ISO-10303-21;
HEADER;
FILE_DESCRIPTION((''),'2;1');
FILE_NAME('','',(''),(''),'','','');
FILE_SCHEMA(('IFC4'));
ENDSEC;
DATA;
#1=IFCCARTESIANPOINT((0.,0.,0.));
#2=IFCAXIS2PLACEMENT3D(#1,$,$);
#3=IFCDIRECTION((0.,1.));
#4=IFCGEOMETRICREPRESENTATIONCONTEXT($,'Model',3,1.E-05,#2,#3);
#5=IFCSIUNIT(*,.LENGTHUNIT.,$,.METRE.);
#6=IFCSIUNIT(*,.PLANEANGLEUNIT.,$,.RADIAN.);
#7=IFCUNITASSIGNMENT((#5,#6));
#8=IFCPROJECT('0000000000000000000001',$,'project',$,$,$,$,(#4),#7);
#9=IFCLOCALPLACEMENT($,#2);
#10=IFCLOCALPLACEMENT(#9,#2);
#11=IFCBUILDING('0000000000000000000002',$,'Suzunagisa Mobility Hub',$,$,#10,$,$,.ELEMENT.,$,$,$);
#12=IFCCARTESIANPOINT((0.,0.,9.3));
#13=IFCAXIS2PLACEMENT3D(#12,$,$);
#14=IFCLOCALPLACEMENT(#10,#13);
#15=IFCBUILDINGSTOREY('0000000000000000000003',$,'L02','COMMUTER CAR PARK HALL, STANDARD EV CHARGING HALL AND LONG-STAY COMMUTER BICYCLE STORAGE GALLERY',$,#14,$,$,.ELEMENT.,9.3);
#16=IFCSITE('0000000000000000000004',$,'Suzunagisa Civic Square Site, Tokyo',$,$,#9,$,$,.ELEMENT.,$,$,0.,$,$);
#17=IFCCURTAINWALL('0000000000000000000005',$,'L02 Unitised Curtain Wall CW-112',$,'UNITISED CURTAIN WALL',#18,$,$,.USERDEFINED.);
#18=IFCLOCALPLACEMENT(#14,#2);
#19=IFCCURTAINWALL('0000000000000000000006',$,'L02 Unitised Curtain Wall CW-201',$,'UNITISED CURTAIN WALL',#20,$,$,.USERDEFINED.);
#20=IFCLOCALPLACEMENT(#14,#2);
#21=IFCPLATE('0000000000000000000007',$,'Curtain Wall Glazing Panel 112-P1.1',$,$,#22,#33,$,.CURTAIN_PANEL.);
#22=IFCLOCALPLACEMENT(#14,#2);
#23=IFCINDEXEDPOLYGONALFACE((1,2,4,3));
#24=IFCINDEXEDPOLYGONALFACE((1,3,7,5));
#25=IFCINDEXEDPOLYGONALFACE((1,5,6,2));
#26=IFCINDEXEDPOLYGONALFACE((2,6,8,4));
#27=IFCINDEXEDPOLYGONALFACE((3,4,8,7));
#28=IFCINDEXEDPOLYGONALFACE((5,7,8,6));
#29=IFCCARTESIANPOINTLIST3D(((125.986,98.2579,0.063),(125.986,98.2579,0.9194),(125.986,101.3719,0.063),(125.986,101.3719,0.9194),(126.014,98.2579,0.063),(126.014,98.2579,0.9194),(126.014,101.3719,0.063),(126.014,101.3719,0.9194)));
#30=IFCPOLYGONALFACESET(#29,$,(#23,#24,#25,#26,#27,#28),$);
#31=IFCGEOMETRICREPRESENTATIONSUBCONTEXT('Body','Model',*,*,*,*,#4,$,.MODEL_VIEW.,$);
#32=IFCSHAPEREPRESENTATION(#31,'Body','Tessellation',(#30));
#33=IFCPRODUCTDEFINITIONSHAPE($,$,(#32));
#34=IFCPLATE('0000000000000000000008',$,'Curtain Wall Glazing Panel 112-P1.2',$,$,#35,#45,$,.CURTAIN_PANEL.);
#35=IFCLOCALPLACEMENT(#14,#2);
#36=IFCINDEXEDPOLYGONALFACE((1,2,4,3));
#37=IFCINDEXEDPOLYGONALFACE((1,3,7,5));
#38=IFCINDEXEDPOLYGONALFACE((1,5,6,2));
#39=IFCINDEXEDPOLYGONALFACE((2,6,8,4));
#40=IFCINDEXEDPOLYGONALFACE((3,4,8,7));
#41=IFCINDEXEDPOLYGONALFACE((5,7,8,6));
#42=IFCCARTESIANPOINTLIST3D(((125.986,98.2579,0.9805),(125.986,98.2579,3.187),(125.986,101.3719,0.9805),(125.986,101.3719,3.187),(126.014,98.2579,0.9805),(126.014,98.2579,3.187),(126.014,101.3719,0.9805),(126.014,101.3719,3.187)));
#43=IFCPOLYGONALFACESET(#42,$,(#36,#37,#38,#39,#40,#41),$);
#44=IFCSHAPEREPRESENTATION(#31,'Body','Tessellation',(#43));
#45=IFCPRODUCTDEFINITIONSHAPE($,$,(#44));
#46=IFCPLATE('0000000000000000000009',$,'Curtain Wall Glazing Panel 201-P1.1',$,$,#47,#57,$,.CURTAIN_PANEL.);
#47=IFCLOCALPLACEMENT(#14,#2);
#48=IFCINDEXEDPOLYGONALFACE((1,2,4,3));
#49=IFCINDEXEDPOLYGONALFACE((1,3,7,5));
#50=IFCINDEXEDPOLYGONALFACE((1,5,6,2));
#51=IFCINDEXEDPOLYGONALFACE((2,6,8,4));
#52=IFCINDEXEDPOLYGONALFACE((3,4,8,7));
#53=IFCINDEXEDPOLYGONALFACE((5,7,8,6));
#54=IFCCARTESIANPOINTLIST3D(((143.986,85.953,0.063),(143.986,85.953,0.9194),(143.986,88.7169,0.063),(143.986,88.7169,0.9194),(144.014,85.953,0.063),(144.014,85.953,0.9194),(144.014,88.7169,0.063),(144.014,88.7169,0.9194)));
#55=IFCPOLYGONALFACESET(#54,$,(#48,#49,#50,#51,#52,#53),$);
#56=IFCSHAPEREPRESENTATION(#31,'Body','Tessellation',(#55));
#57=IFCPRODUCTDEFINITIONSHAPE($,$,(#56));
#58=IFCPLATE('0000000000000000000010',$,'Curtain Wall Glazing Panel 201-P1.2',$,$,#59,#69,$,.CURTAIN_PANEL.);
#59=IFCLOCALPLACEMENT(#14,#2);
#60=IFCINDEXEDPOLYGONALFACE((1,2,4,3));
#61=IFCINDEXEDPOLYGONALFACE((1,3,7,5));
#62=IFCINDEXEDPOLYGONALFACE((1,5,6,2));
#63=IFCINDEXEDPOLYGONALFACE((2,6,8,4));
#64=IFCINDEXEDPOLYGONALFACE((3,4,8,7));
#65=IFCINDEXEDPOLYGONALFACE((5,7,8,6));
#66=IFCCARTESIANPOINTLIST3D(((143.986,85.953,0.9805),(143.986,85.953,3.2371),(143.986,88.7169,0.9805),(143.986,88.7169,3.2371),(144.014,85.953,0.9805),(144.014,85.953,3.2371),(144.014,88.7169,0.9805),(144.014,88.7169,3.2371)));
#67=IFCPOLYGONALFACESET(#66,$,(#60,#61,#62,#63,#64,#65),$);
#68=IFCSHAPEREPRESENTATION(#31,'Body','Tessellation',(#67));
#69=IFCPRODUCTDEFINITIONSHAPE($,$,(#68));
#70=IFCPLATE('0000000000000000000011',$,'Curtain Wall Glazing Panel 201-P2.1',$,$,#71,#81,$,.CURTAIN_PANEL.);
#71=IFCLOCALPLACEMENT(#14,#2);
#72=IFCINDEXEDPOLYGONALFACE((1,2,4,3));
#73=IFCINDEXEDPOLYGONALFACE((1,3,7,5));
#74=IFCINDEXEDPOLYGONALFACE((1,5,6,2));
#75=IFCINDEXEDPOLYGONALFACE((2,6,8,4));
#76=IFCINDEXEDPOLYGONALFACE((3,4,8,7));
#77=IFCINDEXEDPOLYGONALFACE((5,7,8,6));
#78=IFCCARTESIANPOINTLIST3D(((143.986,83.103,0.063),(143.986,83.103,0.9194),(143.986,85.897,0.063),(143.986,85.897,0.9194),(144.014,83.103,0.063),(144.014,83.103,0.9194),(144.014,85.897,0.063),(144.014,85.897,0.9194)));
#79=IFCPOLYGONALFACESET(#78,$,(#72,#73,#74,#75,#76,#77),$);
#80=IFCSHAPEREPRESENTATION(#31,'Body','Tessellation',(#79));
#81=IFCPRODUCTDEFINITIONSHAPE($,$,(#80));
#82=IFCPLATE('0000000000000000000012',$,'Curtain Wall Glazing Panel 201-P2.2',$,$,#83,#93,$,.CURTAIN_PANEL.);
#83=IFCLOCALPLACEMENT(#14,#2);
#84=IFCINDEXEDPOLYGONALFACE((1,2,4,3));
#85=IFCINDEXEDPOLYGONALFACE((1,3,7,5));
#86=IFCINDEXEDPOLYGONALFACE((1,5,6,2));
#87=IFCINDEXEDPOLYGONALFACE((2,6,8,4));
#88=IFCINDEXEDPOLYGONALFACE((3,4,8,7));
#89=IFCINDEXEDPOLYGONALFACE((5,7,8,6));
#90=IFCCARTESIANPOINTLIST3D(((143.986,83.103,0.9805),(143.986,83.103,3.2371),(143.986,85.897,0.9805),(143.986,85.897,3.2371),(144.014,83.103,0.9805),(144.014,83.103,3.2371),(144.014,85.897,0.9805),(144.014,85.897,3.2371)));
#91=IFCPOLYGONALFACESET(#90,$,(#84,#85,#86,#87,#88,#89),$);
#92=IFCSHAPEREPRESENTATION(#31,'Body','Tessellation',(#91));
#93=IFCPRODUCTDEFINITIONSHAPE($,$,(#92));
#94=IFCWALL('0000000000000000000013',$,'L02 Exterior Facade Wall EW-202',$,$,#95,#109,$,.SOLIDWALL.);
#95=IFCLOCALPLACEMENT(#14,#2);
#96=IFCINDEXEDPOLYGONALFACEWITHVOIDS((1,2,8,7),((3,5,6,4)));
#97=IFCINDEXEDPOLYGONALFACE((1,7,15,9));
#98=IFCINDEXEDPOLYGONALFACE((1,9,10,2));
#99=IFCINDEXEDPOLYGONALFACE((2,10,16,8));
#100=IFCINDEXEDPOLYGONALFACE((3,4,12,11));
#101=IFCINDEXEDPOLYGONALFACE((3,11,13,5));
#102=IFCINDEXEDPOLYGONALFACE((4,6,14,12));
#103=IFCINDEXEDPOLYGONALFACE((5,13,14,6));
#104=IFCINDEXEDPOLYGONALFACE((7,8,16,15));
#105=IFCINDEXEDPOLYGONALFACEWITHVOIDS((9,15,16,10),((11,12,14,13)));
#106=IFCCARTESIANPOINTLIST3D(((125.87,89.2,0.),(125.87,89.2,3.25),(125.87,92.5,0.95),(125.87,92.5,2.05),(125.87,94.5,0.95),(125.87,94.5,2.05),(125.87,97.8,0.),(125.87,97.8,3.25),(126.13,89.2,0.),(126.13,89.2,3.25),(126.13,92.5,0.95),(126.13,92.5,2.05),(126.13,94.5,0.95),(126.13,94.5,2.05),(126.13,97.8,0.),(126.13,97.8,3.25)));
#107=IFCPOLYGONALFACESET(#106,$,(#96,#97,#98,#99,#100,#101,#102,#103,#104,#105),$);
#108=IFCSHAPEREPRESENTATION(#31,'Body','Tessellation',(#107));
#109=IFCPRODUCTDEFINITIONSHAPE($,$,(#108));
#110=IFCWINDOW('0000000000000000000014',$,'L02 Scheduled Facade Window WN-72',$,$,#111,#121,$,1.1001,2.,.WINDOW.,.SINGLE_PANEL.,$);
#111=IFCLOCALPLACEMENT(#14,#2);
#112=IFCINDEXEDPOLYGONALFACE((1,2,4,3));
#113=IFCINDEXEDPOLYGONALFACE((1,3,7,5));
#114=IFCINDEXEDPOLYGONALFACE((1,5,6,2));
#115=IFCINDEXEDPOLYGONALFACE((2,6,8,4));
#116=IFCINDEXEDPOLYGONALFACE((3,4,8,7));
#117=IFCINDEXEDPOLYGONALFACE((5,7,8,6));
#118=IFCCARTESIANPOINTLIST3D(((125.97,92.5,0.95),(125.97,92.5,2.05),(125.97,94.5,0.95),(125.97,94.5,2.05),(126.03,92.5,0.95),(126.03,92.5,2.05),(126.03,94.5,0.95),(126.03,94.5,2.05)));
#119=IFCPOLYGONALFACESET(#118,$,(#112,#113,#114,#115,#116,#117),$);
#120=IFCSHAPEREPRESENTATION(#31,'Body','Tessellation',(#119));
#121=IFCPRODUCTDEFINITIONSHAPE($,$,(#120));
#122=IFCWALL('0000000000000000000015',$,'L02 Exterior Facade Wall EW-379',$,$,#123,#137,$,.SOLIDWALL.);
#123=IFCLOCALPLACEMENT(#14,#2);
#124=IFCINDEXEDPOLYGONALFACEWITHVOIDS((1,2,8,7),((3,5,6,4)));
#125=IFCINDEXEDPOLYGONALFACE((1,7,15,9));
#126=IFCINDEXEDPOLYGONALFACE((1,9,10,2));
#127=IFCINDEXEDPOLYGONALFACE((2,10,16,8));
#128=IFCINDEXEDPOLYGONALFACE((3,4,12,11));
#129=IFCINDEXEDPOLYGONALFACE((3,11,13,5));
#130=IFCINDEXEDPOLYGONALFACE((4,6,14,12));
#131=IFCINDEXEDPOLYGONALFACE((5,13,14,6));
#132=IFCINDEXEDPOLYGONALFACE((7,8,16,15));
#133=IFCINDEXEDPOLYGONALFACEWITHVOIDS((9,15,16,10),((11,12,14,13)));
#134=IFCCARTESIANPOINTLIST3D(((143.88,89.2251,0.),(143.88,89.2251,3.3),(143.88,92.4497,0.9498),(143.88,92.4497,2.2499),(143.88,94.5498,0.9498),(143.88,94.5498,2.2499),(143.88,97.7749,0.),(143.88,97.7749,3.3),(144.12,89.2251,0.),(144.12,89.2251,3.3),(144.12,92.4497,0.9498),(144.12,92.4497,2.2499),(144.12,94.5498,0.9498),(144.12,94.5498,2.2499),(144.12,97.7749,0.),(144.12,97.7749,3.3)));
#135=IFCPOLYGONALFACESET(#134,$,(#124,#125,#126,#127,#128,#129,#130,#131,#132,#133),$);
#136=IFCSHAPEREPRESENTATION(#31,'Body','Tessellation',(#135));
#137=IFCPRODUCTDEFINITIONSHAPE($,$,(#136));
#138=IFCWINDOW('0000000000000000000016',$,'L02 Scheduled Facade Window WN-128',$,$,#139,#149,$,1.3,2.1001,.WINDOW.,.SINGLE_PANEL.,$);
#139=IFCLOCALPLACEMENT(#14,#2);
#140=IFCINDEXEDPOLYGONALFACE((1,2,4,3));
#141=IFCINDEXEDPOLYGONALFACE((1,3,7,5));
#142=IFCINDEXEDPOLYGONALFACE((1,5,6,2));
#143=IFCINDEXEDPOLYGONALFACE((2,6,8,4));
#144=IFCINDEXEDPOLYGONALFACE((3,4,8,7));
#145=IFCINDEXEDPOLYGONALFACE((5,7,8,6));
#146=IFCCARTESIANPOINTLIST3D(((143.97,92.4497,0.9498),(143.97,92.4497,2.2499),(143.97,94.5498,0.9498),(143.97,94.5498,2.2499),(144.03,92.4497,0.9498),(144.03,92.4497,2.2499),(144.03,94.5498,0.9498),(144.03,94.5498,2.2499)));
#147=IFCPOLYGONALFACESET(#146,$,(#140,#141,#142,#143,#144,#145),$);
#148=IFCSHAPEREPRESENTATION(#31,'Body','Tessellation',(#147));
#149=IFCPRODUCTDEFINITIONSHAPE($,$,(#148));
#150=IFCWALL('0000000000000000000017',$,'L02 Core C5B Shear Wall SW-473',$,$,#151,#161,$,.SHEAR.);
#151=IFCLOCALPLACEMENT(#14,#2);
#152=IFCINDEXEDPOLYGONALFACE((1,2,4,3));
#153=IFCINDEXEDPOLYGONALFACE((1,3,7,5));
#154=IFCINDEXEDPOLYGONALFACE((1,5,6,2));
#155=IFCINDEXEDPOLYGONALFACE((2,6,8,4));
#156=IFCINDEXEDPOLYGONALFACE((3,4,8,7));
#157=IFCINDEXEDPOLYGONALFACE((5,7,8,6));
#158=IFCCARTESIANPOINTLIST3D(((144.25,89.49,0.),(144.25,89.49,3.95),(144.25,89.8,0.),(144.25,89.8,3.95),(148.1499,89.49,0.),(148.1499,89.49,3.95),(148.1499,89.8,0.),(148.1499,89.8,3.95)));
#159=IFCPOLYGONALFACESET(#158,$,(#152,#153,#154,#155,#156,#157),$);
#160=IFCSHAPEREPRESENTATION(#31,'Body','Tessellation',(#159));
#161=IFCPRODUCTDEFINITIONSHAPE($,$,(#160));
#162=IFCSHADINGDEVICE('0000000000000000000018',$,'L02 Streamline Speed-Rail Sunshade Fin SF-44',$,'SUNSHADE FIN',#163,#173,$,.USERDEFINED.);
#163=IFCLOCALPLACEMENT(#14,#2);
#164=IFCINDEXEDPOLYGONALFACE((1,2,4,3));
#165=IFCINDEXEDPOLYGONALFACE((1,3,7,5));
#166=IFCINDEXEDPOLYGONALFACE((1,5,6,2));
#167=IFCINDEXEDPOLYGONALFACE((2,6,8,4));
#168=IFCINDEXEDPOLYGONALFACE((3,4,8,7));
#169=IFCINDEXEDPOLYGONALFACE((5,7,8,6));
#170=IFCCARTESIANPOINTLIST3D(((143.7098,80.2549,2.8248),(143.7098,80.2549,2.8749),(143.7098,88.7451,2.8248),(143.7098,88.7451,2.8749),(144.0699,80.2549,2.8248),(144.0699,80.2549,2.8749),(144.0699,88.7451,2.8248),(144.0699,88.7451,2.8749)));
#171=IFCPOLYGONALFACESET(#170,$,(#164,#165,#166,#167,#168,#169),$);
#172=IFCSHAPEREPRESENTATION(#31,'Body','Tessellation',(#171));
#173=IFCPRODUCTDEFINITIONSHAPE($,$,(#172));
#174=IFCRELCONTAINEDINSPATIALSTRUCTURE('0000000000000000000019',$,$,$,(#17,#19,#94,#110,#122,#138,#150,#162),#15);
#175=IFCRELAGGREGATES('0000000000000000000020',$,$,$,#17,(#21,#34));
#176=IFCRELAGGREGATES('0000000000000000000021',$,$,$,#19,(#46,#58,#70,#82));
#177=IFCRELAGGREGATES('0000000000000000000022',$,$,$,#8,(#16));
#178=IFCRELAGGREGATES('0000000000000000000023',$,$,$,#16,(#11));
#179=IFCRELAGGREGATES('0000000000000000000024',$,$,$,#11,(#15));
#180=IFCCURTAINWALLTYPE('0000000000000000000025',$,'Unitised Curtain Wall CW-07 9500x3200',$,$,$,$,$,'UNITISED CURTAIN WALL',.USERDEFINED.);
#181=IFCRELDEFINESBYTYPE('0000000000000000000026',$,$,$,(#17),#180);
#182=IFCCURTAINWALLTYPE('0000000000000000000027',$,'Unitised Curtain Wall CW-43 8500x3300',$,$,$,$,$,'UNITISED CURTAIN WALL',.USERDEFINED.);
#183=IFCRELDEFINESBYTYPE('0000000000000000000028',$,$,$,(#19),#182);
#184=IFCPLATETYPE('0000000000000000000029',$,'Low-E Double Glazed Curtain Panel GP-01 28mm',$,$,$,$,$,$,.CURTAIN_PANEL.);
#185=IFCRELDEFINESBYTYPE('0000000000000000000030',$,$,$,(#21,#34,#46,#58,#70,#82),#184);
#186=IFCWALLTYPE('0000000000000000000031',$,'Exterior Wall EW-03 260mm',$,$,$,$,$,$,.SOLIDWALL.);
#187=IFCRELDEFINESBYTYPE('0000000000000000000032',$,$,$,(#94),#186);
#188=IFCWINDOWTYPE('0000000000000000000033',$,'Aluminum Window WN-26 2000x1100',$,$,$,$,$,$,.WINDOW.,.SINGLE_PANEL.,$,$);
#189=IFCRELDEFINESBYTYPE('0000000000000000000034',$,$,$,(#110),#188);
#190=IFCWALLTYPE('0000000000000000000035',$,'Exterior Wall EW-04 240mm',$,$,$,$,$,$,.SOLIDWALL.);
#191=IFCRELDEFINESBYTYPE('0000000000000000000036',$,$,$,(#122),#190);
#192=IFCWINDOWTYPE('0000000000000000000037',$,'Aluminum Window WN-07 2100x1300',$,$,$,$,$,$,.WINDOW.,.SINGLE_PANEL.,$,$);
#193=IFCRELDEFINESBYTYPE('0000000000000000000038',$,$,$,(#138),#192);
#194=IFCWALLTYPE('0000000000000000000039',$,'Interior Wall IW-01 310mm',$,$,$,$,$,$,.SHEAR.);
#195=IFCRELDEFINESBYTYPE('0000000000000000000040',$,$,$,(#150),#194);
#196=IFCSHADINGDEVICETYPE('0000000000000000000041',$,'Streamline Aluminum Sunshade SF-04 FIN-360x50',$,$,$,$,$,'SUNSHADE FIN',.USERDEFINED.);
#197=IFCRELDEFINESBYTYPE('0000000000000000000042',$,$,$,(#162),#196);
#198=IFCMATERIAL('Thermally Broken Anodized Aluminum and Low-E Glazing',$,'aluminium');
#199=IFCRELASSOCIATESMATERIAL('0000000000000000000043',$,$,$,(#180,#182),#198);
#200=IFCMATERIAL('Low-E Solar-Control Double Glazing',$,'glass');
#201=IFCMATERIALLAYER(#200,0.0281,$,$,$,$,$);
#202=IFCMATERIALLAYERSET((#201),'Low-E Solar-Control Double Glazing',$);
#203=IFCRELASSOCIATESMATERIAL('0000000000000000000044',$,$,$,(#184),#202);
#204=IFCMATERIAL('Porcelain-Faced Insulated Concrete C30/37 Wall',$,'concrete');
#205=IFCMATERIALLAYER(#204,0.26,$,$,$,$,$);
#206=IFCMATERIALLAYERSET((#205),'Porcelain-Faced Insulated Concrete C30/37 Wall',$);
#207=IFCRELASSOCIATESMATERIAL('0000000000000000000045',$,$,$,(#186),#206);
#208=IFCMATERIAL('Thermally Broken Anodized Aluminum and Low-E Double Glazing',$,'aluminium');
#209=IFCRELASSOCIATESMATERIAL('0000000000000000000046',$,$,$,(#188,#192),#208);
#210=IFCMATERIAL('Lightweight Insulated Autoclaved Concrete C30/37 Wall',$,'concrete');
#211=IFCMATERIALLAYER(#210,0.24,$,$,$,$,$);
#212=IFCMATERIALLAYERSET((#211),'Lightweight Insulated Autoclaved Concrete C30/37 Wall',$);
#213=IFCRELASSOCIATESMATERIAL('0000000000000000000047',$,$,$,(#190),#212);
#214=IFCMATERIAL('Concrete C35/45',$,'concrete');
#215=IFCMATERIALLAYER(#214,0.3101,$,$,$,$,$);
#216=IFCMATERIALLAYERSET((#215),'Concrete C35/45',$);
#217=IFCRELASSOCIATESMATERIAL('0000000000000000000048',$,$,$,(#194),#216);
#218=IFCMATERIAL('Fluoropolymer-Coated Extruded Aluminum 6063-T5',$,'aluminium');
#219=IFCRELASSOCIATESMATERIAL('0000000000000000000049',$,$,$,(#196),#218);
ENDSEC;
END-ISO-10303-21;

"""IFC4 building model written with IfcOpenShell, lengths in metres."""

from ifc_helpers import new_model, si_unit, direction, frame, frame_2d, origin, origin_2d, place, context, subcontext, project, spatial, rectangle, extrude, material, layer, layer_set, material_profile, profile_set, type_object, element, fill, aggregate, save


model = new_model("IFC4")

# Units and contexts
model_context = context("Model", 3, precision=1e-05, world=origin(), true_north=direction((0.0, 1.0)))
body_context = subcontext(model_context, "Body", "Model", "MODEL_VIEW")
ifc_project = project(units=[si_unit("LENGTHUNIT", "METRE"), si_unit("PLANEANGLEUNIT", "RADIAN")], contexts=[model_context])

# Site, building, storey
site_placement = place(None, origin())
site = spatial("IfcSite", under=ifc_project, at=site_placement, Name="Suzunagisa Civic Square Site, Tokyo", CompositionType="ELEMENT", RefElevation=0.0)
building_placement = place(site_placement, origin())
building = spatial("IfcBuilding", under=site, at=building_placement, Name="Suzunagisa Mobility Hub", CompositionType="ELEMENT")
storey_placement = place(building_placement, frame((0.0, 0.0, 9.3)))
storey = spatial("IfcBuildingStorey", under=building, at=storey_placement, Name="L02", Description="COMMUTER CAR PARK HALL, STANDARD EV CHARGING HALL AND LONG-STAY COMMUTER BICYCLE STORAGE GALLERY", CompositionType="ELEMENT", Elevation=9.3)

# Curtain walls
ifc_material_1 = material(Name="Thermally Broken Anodized Aluminum and Low-E Glazing", Category="aluminium")
curtain_wall_type_1 = type_object("IfcCurtainWallType", Name="Unitised Curtain Wall CW-07 9500x3200", ElementType="UNITISED CURTAIN WALL", PredefinedType="USERDEFINED", material=ifc_material_1)
curtain_wall_1_placement = place(storey_placement, origin())
curtain_wall_1 = element("IfcCurtainWall", 1, at=curtain_wall_1_placement, inside=storey, type_object=curtain_wall_type_1, Name="L02 Unitised Curtain Wall CW-112", ObjectType="UNITISED CURTAIN WALL", PredefinedType="USERDEFINED")
curtain_wall_type_2 = type_object("IfcCurtainWallType", Name="Unitised Curtain Wall CW-43 8500x3300", ElementType="UNITISED CURTAIN WALL", PredefinedType="USERDEFINED", material=ifc_material_1)
curtain_wall_2_placement = place(storey_placement, origin())
curtain_wall_2 = element("IfcCurtainWall", 2, at=curtain_wall_2_placement, inside=storey, type_object=curtain_wall_type_2, Name="L02 Unitised Curtain Wall CW-201", ObjectType="UNITISED CURTAIN WALL", PredefinedType="USERDEFINED")

# Plates
ifc_material_2 = material(Name="Low-E Solar-Control Double Glazing", Category="glass")
ifc_layer_1 = layer(ifc_material_2, 0.0281)
ifc_layer_set_1 = layer_set([ifc_layer_1], Name="Low-E Solar-Control Double Glazing")
plate_type = type_object("IfcPlateType", Name="Low-E Double Glazed Curtain Panel GP-01 28mm", PredefinedType="CURTAIN_PANEL", material=ifc_layer_set_1)
plate_1_placement = place(storey_placement, frame((126.0, 99.8149, 0.063), z_axis=(0.0, 0.0, 1.0), x_axis=(0.0, 1.0, 0.0)))
plate_1 = element("IfcPlate", 3, at=plate_1_placement, type_object=plate_type, Name="Curtain Wall Glazing Panel 112-P1.1", PredefinedType="CURTAIN_PANEL", context=body_context, shape_type="SweptSolid", body=[
    extrude(rectangle(XDim=3.114, YDim=0.0281, at=origin_2d()), origin(), (0.0, 0.0, 1.0), 0.8564),
])
plate_2_placement = place(storey_placement, frame((126.0, 99.8149, 0.9805), z_axis=(0.0, 0.0, 1.0), x_axis=(0.0, 1.0, 0.0)))
plate_2 = element("IfcPlate", 4, at=plate_2_placement, type_object=plate_type, Name="Curtain Wall Glazing Panel 112-P1.2", PredefinedType="CURTAIN_PANEL", context=body_context, shape_type="SweptSolid", body=[
    extrude(rectangle(XDim=3.114, YDim=0.0281, at=origin_2d()), origin(), (0.0, 0.0, 1.0), 2.2065),
])
aggregate(curtain_wall_1, [plate_1, plate_2])
plate_3_placement = place(storey_placement, frame((144.0, 87.335, 0.063), z_axis=(0.0, 0.0, 1.0), x_axis=(0.0, -1.0, 0.0)))
plate_3 = element("IfcPlate", 5, at=plate_3_placement, type_object=plate_type, Name="Curtain Wall Glazing Panel 201-P1.1", PredefinedType="CURTAIN_PANEL", context=body_context, shape_type="SweptSolid", body=[
    extrude(rectangle(XDim=2.7639, YDim=0.0281, at=origin_2d()), origin(), (0.0, 0.0, 1.0), 0.8564),
])
plate_4_placement = place(storey_placement, frame((144.0, 87.335, 0.9805), z_axis=(0.0, 0.0, 1.0), x_axis=(0.0, -1.0, 0.0)))
plate_4 = element("IfcPlate", 6, at=plate_4_placement, type_object=plate_type, Name="Curtain Wall Glazing Panel 201-P1.2", PredefinedType="CURTAIN_PANEL", context=body_context, shape_type="SweptSolid", body=[
    extrude(rectangle(XDim=2.7639, YDim=0.0281, at=origin_2d()), origin(), (0.0, 0.0, 1.0), 2.2566),
])
plate_5_placement = place(storey_placement, frame((144.0, 84.5, 0.063), z_axis=(0.0, 0.0, 1.0), x_axis=(0.0, -1.0, 0.0)))
plate_5 = element("IfcPlate", 7, at=plate_5_placement, type_object=plate_type, Name="Curtain Wall Glazing Panel 201-P2.1", PredefinedType="CURTAIN_PANEL", context=body_context, shape_type="SweptSolid", body=[
    extrude(rectangle(XDim=2.7939, YDim=0.0281, at=origin_2d()), origin(), (0.0, 0.0, 1.0), 0.8564),
])
plate_6_placement = place(storey_placement, frame((144.0, 84.5, 0.9805), z_axis=(0.0, 0.0, 1.0), x_axis=(0.0, -1.0, 0.0)))
plate_6 = element("IfcPlate", 8, at=plate_6_placement, type_object=plate_type, Name="Curtain Wall Glazing Panel 201-P2.2", PredefinedType="CURTAIN_PANEL", context=body_context, shape_type="SweptSolid", body=[
    extrude(rectangle(XDim=2.7939, YDim=0.0281, at=origin_2d()), origin(), (0.0, 0.0, 1.0), 2.2566),
])
aggregate(curtain_wall_2, [plate_3, plate_4, plate_5, plate_6])

# Walls, openings, windows
ifc_material_3 = material(Name="Porcelain-Faced Insulated Concrete C30/37 Wall", Category="concrete")
ifc_layer_2 = layer(ifc_material_3, 0.26)
ifc_layer_set_2 = layer_set([ifc_layer_2], Name="Porcelain-Faced Insulated Concrete C30/37 Wall")
wall_type_1 = type_object("IfcWallType", Name="Exterior Wall EW-03 260mm", PredefinedType="SOLIDWALL", material=ifc_layer_set_2)
wall_1_placement = place(storey_placement, frame((126.0, 89.2, 0.0), z_axis=(0.0, 0.0, 1.0), x_axis=(0.0, 1.0, 0.0)))
wall_1 = element("IfcWall", 9, at=wall_1_placement, inside=storey, type_object=wall_type_1, Name="L02 Exterior Facade Wall EW-202", PredefinedType="SOLIDWALL", context=body_context, shape_type="SweptSolid", body=[
    extrude(rectangle(XDim=8.6001, YDim=0.26, at=frame_2d((4.3, 0.0))), origin(), (0.0, 0.0, 1.0), 3.25),
])
opening_1_placement = place(wall_1_placement, frame((3.3, 0.0, 0.95)))
opening_1 = element("IfcOpeningElement", 10, at=opening_1_placement, cuts=wall_1, PredefinedType="OPENING", context=body_context, shape_type="SweptSolid", body=[
    extrude(rectangle(XDim=2.0, YDim=1.1001, at=frame_2d((1.0, 0.55))), frame((0.0, 0.1411, 0.0), z_axis=(0.0, -1.0, 0.0), x_axis=(1.0, 0.0, 0.0)), (0.0, 0.0, 1.0), 0.282),
])
ifc_material_4 = material(Name="Thermally Broken Anodized Aluminum and Low-E Double Glazing", Category="aluminium")
window_type_1 = type_object("IfcWindowType", Name="Aluminum Window WN-26 2000x1100", PartitioningType="SINGLE_PANEL", PredefinedType="WINDOW", material=ifc_material_4)
window_1_placement = place(opening_1_placement, origin())
window_1 = element("IfcWindow", 11, at=window_1_placement, inside=storey, type_object=window_type_1, Name="L02 Scheduled Facade Window WN-72", OverallHeight=1.1001, OverallWidth=2.0, PartitioningType="SINGLE_PANEL", PredefinedType="WINDOW", context=body_context, shape_type="SweptSolid", body=[
    extrude(rectangle(XDim=2.0, YDim=1.1001, at=frame_2d((1.0, 0.55))), frame((0.0, 0.03, 0.0), z_axis=(0.0, -1.0, 0.0), x_axis=(1.0, 0.0, 0.0)), (0.0, 0.0, 1.0), 0.0601),
])
fill(opening_1, window_1)
ifc_material_5 = material(Name="Lightweight Insulated Autoclaved Concrete C30/37 Wall", Category="concrete")
ifc_layer_3 = layer(ifc_material_5, 0.24)
ifc_layer_set_3 = layer_set([ifc_layer_3], Name="Lightweight Insulated Autoclaved Concrete C30/37 Wall")
wall_type_2 = type_object("IfcWallType", Name="Exterior Wall EW-04 240mm", PredefinedType="SOLIDWALL", material=ifc_layer_set_3)
wall_2_placement = place(storey_placement, frame((144.0, 97.7749, 0.0), z_axis=(0.0, 0.0, 1.0), x_axis=(0.0, -1.0, 0.0)))
wall_2 = element("IfcWall", 12, at=wall_2_placement, inside=storey, type_object=wall_type_2, Name="L02 Exterior Facade Wall EW-379", PredefinedType="SOLIDWALL", context=body_context, shape_type="SweptSolid", body=[
    extrude(rectangle(XDim=8.5498, YDim=0.24, at=frame_2d((4.2749, 0.0))), origin(), (0.0, 0.0, 1.0), 3.3),
])
opening_2_placement = place(wall_2_placement, frame((3.2251, 0.0, 0.95)))
opening_2 = element("IfcOpeningElement", 13, at=opening_2_placement, cuts=wall_2, PredefinedType="OPENING", context=body_context, shape_type="SweptSolid", body=[
    extrude(rectangle(XDim=2.1001, YDim=1.3, at=frame_2d((1.05, 0.6499))), frame((0.0, 0.1309, 0.0), z_axis=(0.0, -1.0, 0.0), x_axis=(1.0, 0.0, 0.0)), (0.0, 0.0, 1.0), 0.262),
])
window_type_2 = type_object("IfcWindowType", Name="Aluminum Window WN-07 2100x1300", PartitioningType="SINGLE_PANEL", PredefinedType="WINDOW", material=ifc_material_4)
window_2_placement = place(opening_2_placement, origin())
window_2 = element("IfcWindow", 14, at=window_2_placement, inside=storey, type_object=window_type_2, Name="L02 Scheduled Facade Window WN-128", OverallHeight=1.3, OverallWidth=2.1001, PartitioningType="SINGLE_PANEL", PredefinedType="WINDOW", context=body_context, shape_type="SweptSolid", body=[
    extrude(rectangle(XDim=2.1001, YDim=1.3, at=frame_2d((1.05, 0.6499))), frame((0.0, 0.03, 0.0), z_axis=(0.0, -1.0, 0.0), x_axis=(1.0, 0.0, 0.0)), (0.0, 0.0, 1.0), 0.0601),
])
fill(opening_2, window_2)

# Wall
ifc_material_6 = material(Name="Concrete C35/45", Category="concrete")
ifc_layer_4 = layer(ifc_material_6, 0.3101)
ifc_layer_set_4 = layer_set([ifc_layer_4], Name="Concrete C35/45")
wall_type_3 = type_object("IfcWallType", Name="Interior Wall IW-01 310mm", PredefinedType="SHEAR", material=ifc_layer_set_4)
wall_3_placement = place(storey_placement, frame((144.25, 89.645, 0.0), z_axis=(0.0, 0.0, 1.0), x_axis=(1.0, 0.0, 0.0)))
element("IfcWall", 15, at=wall_3_placement, inside=storey, type_object=wall_type_3, Name="L02 Core C5B Shear Wall SW-473", PredefinedType="SHEAR", context=body_context, shape_type="SweptSolid", body=[
    extrude(rectangle(XDim=3.8999, YDim=0.3101, at=frame_2d((1.95, 0.0))), origin(), (0.0, 0.0, 1.0), 3.95),
])

# Shading device
ifc_material_7 = material(Name="Fluoropolymer-Coated Extruded Aluminum 6063-T5", Category="aluminium")
ifc_material_profile_1 = material_profile(ifc_material_7, rectangle(XDim=0.3601, YDim=0.05, at=origin_2d()), Name="FIN-360x50")
ifc_profile_set_1 = profile_set([ifc_material_profile_1], Name="Fluoropolymer-Coated Extruded Aluminum 6063-T5")
shading_device_type = type_object("IfcShadingDeviceType", Name="Streamline Aluminum Sunshade SF-04 FIN-360x50", ElementType="SUNSHADE FIN", PredefinedType="USERDEFINED", material=ifc_profile_set_1)
shading_device_placement = place(storey_placement, frame((143.8899, 88.7451, 2.8499), z_axis=(0.0, -1.0, 0.0), x_axis=(1.0, 0.0, 0.0)))
element("IfcShadingDevice", 16, at=shading_device_placement, inside=storey, type_object=shading_device_type, Name="L02 Streamline Speed-Rail Sunshade Fin SF-44", ObjectType="SUNSHADE FIN", PredefinedType="USERDEFINED", context=body_context, shape_type="SweptSolid", body=[
    extrude(rectangle(XDim=0.3601, YDim=0.05, at=origin_2d()), origin(), (0.0, 0.0, 1.0), 8.4902),
])

save(model, "model.ifc")
